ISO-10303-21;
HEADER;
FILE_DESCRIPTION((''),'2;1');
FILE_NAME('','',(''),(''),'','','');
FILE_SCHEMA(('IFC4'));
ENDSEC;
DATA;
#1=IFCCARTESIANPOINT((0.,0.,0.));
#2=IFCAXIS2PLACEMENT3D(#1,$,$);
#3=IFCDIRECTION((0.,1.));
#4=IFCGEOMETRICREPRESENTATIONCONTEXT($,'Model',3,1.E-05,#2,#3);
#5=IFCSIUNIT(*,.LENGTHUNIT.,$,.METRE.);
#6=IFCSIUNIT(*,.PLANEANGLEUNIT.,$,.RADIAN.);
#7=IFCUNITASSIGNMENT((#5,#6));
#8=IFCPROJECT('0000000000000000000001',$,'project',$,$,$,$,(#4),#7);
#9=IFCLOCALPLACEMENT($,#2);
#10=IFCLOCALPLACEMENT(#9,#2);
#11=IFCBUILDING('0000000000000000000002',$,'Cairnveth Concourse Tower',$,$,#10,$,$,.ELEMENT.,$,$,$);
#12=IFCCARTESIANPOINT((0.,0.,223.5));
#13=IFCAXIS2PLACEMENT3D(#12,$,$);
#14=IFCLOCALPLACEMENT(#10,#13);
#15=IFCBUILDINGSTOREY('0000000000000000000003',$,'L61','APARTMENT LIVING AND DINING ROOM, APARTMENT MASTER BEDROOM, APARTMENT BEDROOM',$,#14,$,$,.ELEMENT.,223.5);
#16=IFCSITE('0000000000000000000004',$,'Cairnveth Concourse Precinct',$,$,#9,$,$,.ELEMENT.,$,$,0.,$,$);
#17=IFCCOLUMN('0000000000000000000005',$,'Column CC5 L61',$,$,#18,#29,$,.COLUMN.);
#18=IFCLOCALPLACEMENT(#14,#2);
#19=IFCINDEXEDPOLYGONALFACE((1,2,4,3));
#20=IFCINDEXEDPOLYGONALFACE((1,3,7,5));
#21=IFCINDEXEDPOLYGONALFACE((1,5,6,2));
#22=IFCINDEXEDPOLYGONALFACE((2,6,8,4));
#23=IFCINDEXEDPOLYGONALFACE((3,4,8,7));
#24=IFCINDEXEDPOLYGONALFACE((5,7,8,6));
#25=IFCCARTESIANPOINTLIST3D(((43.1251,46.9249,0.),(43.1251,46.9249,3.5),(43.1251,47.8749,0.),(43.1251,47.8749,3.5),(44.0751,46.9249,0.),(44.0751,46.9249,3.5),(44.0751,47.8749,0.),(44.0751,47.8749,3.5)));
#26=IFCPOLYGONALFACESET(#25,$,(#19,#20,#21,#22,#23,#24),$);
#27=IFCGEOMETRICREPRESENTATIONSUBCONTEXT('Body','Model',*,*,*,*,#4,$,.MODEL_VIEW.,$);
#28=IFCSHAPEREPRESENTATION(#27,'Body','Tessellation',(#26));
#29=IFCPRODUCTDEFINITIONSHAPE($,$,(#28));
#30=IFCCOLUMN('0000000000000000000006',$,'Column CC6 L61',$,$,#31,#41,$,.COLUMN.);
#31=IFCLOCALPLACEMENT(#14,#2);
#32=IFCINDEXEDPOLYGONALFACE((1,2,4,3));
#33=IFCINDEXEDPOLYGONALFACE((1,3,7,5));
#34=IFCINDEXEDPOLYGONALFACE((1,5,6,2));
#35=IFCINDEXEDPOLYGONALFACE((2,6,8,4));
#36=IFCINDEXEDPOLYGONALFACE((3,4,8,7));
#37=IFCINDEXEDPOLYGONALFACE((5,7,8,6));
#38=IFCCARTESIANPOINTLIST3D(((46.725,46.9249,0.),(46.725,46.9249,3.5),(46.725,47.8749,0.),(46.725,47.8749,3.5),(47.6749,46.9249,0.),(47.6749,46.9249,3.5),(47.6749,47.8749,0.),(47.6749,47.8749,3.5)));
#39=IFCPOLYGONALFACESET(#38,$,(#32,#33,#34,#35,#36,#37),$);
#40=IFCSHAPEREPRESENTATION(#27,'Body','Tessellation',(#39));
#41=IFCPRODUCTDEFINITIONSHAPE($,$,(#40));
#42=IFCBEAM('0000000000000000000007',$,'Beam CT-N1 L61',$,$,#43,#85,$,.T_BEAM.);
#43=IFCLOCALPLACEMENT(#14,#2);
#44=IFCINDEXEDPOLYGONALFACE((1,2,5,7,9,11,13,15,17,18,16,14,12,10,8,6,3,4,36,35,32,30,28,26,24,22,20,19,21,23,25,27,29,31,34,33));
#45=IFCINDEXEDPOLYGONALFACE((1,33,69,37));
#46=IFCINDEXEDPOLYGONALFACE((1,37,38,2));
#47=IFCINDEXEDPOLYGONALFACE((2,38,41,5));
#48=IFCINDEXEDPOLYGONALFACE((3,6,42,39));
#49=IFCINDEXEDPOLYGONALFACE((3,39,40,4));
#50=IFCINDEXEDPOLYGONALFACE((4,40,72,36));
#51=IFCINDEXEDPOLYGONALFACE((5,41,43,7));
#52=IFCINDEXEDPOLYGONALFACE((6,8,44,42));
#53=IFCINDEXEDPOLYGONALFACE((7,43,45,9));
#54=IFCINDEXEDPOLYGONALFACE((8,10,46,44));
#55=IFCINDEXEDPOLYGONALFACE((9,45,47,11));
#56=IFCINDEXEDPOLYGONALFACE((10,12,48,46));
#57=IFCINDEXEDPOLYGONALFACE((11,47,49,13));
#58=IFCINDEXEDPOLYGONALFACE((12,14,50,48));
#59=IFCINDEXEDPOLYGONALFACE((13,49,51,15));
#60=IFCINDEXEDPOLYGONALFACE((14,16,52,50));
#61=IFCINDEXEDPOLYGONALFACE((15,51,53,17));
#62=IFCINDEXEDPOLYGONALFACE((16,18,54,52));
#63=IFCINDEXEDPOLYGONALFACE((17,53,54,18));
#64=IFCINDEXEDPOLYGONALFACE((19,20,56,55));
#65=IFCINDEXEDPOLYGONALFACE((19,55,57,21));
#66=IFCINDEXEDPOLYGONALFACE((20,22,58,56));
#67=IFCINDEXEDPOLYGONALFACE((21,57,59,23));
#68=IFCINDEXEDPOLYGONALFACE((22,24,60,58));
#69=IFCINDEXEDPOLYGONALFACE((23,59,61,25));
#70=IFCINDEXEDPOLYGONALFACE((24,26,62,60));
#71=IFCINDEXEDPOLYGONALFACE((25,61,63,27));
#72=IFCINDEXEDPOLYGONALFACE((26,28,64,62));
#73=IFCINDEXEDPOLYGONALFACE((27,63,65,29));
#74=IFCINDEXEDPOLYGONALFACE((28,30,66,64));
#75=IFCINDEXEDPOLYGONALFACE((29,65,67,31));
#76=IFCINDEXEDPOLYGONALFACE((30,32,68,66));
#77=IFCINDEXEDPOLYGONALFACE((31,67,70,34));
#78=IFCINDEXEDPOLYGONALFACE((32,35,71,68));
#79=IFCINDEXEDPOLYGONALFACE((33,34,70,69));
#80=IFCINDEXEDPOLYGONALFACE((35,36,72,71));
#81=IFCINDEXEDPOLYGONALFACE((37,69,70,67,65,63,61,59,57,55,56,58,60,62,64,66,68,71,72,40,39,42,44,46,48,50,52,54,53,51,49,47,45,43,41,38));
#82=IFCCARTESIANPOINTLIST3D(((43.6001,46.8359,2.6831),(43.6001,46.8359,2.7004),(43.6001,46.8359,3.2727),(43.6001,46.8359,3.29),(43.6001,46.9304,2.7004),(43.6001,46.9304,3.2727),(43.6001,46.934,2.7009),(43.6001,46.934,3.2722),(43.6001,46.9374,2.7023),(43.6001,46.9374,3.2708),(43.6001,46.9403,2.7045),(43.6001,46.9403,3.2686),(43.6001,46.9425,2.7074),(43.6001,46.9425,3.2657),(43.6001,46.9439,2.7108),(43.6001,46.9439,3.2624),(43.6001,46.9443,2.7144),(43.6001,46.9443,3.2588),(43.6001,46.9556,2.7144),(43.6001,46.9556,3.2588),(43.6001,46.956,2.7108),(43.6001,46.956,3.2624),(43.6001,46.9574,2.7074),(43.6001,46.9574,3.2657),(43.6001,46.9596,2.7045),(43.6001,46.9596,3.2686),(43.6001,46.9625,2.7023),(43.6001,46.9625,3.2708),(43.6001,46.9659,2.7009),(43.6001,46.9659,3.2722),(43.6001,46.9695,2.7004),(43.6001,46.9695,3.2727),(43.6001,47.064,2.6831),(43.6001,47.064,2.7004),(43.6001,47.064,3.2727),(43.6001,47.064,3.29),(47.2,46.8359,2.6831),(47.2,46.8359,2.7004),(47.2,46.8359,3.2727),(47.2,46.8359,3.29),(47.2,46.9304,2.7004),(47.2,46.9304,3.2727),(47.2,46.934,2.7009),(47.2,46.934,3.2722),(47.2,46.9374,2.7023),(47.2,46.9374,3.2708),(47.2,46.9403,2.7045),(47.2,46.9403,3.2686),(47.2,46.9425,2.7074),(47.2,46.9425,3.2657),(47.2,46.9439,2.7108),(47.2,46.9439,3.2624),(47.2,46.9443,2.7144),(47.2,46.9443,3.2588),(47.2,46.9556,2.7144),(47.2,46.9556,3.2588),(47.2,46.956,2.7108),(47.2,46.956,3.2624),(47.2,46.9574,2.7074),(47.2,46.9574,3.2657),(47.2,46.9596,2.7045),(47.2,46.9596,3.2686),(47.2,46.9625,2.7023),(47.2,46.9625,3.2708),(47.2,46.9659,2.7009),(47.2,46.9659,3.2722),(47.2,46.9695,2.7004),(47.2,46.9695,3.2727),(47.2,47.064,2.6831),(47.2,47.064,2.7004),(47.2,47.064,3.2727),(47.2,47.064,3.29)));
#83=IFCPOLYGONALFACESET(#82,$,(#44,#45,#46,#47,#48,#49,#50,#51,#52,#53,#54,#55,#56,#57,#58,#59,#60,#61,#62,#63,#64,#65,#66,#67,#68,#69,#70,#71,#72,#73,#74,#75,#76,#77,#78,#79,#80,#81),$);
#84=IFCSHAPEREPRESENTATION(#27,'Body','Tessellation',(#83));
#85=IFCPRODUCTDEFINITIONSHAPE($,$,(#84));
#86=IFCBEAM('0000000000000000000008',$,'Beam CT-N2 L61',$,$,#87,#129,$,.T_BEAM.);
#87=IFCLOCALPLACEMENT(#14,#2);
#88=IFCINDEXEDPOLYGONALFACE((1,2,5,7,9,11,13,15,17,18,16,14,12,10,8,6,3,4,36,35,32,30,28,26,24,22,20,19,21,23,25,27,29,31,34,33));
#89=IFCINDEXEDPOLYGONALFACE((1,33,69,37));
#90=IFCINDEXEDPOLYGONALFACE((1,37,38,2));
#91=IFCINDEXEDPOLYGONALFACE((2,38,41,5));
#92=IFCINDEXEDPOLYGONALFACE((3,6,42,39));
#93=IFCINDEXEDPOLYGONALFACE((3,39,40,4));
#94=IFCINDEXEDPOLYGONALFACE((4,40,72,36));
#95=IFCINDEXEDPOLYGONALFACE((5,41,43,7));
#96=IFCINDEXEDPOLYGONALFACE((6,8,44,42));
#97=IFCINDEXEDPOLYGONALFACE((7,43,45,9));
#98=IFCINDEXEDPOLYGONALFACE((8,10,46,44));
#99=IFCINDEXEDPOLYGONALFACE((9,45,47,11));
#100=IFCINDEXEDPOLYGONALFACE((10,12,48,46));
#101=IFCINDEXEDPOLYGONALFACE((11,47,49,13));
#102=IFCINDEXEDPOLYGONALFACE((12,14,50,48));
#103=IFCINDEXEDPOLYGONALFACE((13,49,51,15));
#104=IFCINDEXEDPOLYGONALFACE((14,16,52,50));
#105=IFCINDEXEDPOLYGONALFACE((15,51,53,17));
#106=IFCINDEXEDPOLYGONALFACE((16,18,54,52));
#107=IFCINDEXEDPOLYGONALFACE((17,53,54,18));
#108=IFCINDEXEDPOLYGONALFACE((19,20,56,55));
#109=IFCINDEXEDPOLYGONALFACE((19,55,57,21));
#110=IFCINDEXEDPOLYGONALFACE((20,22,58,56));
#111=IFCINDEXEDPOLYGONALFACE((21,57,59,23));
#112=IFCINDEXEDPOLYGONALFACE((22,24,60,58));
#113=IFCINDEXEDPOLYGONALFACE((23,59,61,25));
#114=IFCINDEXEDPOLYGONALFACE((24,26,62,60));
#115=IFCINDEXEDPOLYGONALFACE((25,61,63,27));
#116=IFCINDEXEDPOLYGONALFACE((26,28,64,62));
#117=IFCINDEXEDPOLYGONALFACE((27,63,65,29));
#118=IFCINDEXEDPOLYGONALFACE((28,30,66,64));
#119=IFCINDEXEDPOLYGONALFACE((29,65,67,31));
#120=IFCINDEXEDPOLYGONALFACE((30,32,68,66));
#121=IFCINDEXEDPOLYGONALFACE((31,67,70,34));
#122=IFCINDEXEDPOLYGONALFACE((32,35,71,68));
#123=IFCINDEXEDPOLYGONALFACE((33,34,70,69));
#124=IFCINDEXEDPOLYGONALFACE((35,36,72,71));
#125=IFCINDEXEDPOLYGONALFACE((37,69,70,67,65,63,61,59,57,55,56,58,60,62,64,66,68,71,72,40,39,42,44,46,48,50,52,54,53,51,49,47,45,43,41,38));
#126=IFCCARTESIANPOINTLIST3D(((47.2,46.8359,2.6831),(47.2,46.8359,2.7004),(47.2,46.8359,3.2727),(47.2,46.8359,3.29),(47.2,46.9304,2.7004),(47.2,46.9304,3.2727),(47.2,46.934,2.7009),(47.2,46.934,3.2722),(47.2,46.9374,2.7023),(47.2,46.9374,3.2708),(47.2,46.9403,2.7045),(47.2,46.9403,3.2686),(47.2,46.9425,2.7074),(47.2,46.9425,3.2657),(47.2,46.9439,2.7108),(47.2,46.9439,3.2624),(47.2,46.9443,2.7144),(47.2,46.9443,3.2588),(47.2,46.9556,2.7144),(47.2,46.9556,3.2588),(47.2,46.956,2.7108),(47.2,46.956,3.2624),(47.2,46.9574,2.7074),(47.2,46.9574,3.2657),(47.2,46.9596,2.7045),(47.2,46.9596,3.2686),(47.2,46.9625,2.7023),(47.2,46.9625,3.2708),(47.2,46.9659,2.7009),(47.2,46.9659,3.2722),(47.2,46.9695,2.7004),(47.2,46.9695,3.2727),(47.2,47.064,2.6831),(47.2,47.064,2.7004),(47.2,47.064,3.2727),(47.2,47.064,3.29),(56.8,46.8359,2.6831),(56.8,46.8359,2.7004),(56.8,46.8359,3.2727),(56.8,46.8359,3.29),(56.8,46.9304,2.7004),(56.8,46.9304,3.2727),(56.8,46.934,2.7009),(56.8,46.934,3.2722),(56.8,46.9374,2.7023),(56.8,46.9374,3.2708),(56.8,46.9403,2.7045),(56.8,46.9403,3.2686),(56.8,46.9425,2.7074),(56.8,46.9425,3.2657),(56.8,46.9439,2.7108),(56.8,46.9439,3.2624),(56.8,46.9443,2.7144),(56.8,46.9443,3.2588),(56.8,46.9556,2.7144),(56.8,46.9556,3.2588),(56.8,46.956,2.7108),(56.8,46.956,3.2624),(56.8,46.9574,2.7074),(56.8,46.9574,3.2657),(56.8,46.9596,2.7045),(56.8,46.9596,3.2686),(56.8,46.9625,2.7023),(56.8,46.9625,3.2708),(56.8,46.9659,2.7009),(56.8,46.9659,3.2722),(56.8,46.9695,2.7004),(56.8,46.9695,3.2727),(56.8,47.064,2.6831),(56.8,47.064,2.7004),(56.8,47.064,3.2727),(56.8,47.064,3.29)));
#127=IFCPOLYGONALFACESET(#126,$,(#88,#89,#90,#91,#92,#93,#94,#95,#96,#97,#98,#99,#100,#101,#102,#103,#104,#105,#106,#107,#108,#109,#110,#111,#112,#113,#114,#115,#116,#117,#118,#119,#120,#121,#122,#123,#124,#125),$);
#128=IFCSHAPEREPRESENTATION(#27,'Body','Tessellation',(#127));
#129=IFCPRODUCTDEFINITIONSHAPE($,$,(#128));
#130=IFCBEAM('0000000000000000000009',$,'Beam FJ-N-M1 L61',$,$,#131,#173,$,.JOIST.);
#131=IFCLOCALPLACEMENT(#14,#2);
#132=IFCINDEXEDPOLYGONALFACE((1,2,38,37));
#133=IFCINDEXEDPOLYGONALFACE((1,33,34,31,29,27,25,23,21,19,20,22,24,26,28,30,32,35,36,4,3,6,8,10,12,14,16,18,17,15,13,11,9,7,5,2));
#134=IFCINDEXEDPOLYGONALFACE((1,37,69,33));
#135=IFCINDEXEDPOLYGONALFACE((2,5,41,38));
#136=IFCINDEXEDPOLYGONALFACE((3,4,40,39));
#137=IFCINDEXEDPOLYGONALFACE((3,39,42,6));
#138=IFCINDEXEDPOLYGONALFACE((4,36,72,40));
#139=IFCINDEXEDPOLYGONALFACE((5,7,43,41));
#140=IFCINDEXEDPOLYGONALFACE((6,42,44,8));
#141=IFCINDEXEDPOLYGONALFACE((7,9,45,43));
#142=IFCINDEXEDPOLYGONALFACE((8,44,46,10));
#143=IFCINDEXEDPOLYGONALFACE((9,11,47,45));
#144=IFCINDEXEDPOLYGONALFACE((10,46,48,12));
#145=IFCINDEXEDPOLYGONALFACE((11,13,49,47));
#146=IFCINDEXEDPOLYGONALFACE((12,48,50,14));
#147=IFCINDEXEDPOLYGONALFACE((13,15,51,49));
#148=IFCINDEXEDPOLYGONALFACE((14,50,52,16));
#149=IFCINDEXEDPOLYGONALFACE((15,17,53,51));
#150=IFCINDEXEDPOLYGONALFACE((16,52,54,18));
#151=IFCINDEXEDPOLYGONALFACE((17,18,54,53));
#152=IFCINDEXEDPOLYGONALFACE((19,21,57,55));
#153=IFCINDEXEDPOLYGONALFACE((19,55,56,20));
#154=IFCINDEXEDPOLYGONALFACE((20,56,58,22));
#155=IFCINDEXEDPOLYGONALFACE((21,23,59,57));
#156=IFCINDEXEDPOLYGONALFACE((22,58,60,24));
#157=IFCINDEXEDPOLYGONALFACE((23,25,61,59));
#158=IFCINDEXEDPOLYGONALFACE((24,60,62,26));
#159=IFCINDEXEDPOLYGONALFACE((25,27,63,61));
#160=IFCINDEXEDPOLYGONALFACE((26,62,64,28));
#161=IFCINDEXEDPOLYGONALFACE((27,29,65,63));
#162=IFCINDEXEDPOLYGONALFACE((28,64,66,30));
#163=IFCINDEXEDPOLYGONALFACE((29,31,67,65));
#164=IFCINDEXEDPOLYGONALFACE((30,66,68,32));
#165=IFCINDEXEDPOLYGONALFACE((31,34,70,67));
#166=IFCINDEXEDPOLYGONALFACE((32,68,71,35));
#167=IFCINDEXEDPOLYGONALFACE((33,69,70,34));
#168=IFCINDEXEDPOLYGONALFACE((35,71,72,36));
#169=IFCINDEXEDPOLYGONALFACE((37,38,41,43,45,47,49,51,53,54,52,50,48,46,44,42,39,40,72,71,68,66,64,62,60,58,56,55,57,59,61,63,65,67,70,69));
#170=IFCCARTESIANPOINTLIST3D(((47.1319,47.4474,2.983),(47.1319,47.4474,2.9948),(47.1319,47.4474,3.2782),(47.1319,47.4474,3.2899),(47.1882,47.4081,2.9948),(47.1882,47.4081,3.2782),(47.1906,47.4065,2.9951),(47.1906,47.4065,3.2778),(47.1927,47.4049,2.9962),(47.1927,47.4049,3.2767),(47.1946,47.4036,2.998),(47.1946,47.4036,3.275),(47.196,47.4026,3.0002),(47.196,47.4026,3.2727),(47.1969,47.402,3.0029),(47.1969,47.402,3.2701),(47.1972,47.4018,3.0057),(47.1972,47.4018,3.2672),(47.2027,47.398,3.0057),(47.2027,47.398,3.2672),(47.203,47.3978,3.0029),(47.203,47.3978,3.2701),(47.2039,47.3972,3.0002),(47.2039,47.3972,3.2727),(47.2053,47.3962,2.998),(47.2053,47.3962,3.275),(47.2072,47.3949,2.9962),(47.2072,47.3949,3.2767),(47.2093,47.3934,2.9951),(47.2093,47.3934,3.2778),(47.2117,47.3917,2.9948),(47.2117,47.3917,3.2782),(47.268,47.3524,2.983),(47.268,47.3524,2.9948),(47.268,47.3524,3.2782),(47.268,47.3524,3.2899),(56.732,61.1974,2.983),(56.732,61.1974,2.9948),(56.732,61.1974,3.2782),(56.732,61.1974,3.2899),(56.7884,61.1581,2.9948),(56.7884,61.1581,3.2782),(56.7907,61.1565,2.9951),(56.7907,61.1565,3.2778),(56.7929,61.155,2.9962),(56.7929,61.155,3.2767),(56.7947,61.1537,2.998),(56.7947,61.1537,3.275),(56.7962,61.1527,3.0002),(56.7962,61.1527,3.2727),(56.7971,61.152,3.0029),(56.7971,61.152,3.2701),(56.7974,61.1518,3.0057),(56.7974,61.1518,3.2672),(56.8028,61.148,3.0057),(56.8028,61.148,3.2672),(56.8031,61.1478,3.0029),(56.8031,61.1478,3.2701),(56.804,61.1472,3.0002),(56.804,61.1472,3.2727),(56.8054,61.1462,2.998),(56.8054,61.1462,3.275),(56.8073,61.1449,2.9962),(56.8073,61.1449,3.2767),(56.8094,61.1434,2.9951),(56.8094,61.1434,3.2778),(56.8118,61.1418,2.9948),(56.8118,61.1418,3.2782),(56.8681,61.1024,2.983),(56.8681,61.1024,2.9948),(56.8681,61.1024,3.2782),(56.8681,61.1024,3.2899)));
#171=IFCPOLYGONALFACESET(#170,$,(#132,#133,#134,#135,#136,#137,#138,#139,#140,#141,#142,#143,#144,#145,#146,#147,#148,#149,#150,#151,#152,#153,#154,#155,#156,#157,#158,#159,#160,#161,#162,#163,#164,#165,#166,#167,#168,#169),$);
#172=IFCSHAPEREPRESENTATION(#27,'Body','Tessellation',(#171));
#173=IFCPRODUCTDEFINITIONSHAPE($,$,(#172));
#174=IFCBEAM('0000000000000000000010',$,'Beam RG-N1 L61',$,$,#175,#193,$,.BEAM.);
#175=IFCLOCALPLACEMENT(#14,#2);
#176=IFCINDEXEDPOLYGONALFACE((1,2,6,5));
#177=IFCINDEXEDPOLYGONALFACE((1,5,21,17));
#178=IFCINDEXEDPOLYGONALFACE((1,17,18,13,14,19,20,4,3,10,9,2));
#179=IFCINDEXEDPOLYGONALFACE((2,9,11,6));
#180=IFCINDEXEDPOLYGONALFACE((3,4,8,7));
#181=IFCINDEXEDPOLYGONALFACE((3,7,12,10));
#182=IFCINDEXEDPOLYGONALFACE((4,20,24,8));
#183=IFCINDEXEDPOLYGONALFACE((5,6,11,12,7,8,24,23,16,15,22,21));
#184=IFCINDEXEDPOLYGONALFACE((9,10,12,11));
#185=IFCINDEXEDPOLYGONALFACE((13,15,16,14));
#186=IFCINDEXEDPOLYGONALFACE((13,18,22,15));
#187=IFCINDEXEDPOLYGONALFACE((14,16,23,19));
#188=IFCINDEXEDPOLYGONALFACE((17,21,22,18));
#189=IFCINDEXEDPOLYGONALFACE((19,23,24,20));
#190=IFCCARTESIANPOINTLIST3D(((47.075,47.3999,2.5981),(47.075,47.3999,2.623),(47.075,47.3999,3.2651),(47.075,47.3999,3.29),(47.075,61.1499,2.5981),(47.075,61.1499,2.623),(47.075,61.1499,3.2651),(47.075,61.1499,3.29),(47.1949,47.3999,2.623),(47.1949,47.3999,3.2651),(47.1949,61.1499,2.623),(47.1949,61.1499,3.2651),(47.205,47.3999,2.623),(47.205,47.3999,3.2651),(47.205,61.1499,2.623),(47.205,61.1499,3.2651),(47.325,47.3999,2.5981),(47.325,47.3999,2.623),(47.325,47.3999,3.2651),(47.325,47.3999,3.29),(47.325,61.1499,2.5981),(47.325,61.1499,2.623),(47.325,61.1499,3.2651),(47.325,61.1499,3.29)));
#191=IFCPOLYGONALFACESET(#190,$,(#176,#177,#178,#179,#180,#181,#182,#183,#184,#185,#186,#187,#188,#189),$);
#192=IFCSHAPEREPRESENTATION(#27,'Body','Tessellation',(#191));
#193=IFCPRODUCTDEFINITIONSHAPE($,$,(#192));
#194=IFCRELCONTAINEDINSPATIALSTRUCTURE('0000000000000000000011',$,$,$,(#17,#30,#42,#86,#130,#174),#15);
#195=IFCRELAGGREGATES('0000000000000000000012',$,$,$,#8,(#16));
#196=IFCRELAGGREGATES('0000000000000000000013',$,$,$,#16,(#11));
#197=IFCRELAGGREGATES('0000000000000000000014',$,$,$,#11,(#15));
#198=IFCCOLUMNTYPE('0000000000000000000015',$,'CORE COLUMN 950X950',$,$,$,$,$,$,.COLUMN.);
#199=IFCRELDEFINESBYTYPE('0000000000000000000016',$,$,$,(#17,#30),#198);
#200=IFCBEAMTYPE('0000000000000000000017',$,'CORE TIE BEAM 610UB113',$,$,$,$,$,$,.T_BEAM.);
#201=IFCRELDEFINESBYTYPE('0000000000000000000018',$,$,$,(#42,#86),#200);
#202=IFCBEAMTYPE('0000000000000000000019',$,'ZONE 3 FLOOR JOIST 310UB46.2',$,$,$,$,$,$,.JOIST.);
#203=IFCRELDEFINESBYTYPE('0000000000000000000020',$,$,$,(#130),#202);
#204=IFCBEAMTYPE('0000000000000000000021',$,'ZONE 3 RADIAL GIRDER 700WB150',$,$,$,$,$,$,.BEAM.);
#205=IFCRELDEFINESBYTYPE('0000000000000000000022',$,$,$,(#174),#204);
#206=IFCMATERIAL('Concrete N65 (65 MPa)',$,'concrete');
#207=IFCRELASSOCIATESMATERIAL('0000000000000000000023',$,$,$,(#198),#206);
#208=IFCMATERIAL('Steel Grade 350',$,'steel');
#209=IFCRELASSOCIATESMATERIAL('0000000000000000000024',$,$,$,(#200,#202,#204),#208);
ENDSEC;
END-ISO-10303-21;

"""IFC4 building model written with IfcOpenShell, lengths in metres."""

from ifc_helpers import new_model, si_unit, direction, frame, origin, origin_2d, place, context, subcontext, project, spatial, rectangle, i_section, extrude, material, material_profile, profile_set, type_object, element, save


model = new_model("IFC4")

# Units and contexts
model_context = context("Model", 3, precision=1e-05, world=origin(), true_north=direction((0.0, 1.0)))
body_context = subcontext(model_context, "Body", "Model", "MODEL_VIEW")
ifc_project = project(units=[si_unit("LENGTHUNIT", "METRE"), si_unit("PLANEANGLEUNIT", "RADIAN")], contexts=[model_context])

# Site, building, storey
site_placement = place(None, origin())
site = spatial("IfcSite", under=ifc_project, at=site_placement, Name="Cairnveth Concourse Precinct", CompositionType="ELEMENT", RefElevation=0.0)
building_placement = place(site_placement, origin())
building = spatial("IfcBuilding", under=site, at=building_placement, Name="Cairnveth Concourse Tower", CompositionType="ELEMENT")
storey_placement = place(building_placement, frame((0.0, 0.0, 223.5)))
storey = spatial("IfcBuildingStorey", under=building, at=storey_placement, Name="L61", Description="APARTMENT LIVING AND DINING ROOM, APARTMENT MASTER BEDROOM, APARTMENT BEDROOM", CompositionType="ELEMENT", Elevation=223.5)

# Columns
ifc_material_1 = material(Name="Concrete N65 (65 MPa)", Category="concrete")
ifc_material_profile_1 = material_profile(ifc_material_1, rectangle(XDim=0.95, YDim=0.95, at=origin_2d()), Name="RC-COL-950x950")
ifc_profile_set_1 = profile_set([ifc_material_profile_1], Name="Concrete N65 (65 MPa)")
column_type = type_object("IfcColumnType", Name="CORE COLUMN 950X950", PredefinedType="COLUMN", material=ifc_profile_set_1)
for number, where, z_axis, x_axis, name in (
    (1, (43.6001, 47.3999, 0.0), (0.0, 0.0, 1.0), (1.0, 0.0, 0.0), "Column CC5 L61"),
    (2, (47.2, 47.3999, 0.0), (0.0, 0.0, 1.0), (1.0, 0.0, 0.0), "Column CC6 L61"),
):
    element("IfcColumn", number, at=place(storey_placement, frame(where, z_axis=z_axis, x_axis=x_axis)), inside=storey, type_object=column_type, Name=name, PredefinedType="COLUMN", context=body_context, shape_type="SweptSolid", body=[
        extrude(rectangle(XDim=0.95, YDim=0.95, at=origin_2d()), origin(), (0.0, 0.0, 1.0), 3.5),
    ])

# Beams
ifc_material_2 = material(Name="Steel Grade 350", Category="steel")
ifc_material_profile_2 = material_profile(ifc_material_2, i_section(OverallWidth=0.228, OverallDepth=0.6069, WebThickness=0.0112, FlangeThickness=0.0173, FilletRadius=0.0139, at=origin_2d()), Name="610UB113")
ifc_profile_set_2 = profile_set([ifc_material_profile_2], Name="Steel Grade 350")
beam_type_1 = type_object("IfcBeamType", Name="CORE TIE BEAM 610UB113", PredefinedType="T_BEAM", material=ifc_profile_set_2)
beam_1_placement = place(storey_placement, frame((43.6001, 46.95, 2.9866), z_axis=(1.0, 0.0, 0.0), x_axis=(0.0, 1.0, 0.0)))
element("IfcBeam", 3, at=beam_1_placement, inside=storey, type_object=beam_type_1, Name="Beam CT-N1 L61", PredefinedType="T_BEAM", context=body_context, shape_type="SweptSolid", body=[
    extrude(i_section(OverallWidth=0.228, OverallDepth=0.6069, WebThickness=0.0112, FlangeThickness=0.0173, FilletRadius=0.0139, at=origin_2d()), origin(), (0.0, 0.0, 1.0), 3.5999),
])
beam_2_placement = place(storey_placement, frame((47.2, 46.95, 2.9866), z_axis=(1.0, 0.0, 0.0), x_axis=(0.0, 1.0, 0.0)))
element("IfcBeam", 4, at=beam_2_placement, inside=storey, type_object=beam_type_1, Name="Beam CT-N2 L61", PredefinedType="T_BEAM", context=body_context, shape_type="SweptSolid", body=[
    extrude(i_section(OverallWidth=0.228, OverallDepth=0.6069, WebThickness=0.0112, FlangeThickness=0.0173, FilletRadius=0.0139, at=origin_2d()), origin(), (0.0, 0.0, 1.0), 9.6001),
])
ifc_material_profile_3 = material_profile(ifc_material_2, i_section(OverallWidth=0.166, OverallDepth=0.3069, WebThickness=0.0066, FlangeThickness=0.0117, FilletRadius=0.011, at=origin_2d()), Name="310UB46.2")
ifc_profile_set_3 = profile_set([ifc_material_profile_3], Name="Steel Grade 350")
beam_type_2 = type_object("IfcBeamType", Name="ZONE 3 FLOOR JOIST 310UB46.2", PredefinedType="JOIST", material=ifc_profile_set_3)
beam_3_placement = place(storey_placement, frame((47.2, 47.3999, 3.1365), z_axis=(0.572465, 0.819929, 0.0), x_axis=(-0.819929, 0.572465, 0.0)))
element("IfcBeam", 5, at=beam_3_placement, inside=storey, type_object=beam_type_2, Name="Beam FJ-N-M1 L61", PredefinedType="JOIST", context=body_context, shape_type="SweptSolid", body=[
    extrude(i_section(OverallWidth=0.166, OverallDepth=0.3069, WebThickness=0.0066, FlangeThickness=0.0117, FilletRadius=0.011, at=origin_2d()), origin(), (0.0, 0.0, 1.0), 16.7698),
])
ifc_material_profile_4 = material_profile(ifc_material_2, i_section(OverallWidth=0.25, OverallDepth=0.6919, WebThickness=0.01, FlangeThickness=0.0249, at=origin_2d()), Name="700WB150")
ifc_profile_set_4 = profile_set([ifc_material_profile_4], Name="Steel Grade 350")
beam_type_3 = type_object("IfcBeamType", Name="ZONE 3 RADIAL GIRDER 700WB150", PredefinedType="BEAM", material=ifc_profile_set_4)
beam_4_placement = place(storey_placement, frame((47.2, 47.3999, 2.9441), z_axis=(0.0, 1.0, 0.0), x_axis=(-1.0, 0.0, 0.0)))
element("IfcBeam", 6, at=beam_4_placement, inside=storey, type_object=beam_type_3, Name="Beam RG-N1 L61", PredefinedType="BEAM", context=body_context, shape_type="SweptSolid", body=[
    extrude(i_section(OverallWidth=0.25, OverallDepth=0.6919, WebThickness=0.01, FlangeThickness=0.0249, at=origin_2d()), origin(), (0.0, 0.0, 1.0), 13.75),
])

save(model, "model.ifc")
